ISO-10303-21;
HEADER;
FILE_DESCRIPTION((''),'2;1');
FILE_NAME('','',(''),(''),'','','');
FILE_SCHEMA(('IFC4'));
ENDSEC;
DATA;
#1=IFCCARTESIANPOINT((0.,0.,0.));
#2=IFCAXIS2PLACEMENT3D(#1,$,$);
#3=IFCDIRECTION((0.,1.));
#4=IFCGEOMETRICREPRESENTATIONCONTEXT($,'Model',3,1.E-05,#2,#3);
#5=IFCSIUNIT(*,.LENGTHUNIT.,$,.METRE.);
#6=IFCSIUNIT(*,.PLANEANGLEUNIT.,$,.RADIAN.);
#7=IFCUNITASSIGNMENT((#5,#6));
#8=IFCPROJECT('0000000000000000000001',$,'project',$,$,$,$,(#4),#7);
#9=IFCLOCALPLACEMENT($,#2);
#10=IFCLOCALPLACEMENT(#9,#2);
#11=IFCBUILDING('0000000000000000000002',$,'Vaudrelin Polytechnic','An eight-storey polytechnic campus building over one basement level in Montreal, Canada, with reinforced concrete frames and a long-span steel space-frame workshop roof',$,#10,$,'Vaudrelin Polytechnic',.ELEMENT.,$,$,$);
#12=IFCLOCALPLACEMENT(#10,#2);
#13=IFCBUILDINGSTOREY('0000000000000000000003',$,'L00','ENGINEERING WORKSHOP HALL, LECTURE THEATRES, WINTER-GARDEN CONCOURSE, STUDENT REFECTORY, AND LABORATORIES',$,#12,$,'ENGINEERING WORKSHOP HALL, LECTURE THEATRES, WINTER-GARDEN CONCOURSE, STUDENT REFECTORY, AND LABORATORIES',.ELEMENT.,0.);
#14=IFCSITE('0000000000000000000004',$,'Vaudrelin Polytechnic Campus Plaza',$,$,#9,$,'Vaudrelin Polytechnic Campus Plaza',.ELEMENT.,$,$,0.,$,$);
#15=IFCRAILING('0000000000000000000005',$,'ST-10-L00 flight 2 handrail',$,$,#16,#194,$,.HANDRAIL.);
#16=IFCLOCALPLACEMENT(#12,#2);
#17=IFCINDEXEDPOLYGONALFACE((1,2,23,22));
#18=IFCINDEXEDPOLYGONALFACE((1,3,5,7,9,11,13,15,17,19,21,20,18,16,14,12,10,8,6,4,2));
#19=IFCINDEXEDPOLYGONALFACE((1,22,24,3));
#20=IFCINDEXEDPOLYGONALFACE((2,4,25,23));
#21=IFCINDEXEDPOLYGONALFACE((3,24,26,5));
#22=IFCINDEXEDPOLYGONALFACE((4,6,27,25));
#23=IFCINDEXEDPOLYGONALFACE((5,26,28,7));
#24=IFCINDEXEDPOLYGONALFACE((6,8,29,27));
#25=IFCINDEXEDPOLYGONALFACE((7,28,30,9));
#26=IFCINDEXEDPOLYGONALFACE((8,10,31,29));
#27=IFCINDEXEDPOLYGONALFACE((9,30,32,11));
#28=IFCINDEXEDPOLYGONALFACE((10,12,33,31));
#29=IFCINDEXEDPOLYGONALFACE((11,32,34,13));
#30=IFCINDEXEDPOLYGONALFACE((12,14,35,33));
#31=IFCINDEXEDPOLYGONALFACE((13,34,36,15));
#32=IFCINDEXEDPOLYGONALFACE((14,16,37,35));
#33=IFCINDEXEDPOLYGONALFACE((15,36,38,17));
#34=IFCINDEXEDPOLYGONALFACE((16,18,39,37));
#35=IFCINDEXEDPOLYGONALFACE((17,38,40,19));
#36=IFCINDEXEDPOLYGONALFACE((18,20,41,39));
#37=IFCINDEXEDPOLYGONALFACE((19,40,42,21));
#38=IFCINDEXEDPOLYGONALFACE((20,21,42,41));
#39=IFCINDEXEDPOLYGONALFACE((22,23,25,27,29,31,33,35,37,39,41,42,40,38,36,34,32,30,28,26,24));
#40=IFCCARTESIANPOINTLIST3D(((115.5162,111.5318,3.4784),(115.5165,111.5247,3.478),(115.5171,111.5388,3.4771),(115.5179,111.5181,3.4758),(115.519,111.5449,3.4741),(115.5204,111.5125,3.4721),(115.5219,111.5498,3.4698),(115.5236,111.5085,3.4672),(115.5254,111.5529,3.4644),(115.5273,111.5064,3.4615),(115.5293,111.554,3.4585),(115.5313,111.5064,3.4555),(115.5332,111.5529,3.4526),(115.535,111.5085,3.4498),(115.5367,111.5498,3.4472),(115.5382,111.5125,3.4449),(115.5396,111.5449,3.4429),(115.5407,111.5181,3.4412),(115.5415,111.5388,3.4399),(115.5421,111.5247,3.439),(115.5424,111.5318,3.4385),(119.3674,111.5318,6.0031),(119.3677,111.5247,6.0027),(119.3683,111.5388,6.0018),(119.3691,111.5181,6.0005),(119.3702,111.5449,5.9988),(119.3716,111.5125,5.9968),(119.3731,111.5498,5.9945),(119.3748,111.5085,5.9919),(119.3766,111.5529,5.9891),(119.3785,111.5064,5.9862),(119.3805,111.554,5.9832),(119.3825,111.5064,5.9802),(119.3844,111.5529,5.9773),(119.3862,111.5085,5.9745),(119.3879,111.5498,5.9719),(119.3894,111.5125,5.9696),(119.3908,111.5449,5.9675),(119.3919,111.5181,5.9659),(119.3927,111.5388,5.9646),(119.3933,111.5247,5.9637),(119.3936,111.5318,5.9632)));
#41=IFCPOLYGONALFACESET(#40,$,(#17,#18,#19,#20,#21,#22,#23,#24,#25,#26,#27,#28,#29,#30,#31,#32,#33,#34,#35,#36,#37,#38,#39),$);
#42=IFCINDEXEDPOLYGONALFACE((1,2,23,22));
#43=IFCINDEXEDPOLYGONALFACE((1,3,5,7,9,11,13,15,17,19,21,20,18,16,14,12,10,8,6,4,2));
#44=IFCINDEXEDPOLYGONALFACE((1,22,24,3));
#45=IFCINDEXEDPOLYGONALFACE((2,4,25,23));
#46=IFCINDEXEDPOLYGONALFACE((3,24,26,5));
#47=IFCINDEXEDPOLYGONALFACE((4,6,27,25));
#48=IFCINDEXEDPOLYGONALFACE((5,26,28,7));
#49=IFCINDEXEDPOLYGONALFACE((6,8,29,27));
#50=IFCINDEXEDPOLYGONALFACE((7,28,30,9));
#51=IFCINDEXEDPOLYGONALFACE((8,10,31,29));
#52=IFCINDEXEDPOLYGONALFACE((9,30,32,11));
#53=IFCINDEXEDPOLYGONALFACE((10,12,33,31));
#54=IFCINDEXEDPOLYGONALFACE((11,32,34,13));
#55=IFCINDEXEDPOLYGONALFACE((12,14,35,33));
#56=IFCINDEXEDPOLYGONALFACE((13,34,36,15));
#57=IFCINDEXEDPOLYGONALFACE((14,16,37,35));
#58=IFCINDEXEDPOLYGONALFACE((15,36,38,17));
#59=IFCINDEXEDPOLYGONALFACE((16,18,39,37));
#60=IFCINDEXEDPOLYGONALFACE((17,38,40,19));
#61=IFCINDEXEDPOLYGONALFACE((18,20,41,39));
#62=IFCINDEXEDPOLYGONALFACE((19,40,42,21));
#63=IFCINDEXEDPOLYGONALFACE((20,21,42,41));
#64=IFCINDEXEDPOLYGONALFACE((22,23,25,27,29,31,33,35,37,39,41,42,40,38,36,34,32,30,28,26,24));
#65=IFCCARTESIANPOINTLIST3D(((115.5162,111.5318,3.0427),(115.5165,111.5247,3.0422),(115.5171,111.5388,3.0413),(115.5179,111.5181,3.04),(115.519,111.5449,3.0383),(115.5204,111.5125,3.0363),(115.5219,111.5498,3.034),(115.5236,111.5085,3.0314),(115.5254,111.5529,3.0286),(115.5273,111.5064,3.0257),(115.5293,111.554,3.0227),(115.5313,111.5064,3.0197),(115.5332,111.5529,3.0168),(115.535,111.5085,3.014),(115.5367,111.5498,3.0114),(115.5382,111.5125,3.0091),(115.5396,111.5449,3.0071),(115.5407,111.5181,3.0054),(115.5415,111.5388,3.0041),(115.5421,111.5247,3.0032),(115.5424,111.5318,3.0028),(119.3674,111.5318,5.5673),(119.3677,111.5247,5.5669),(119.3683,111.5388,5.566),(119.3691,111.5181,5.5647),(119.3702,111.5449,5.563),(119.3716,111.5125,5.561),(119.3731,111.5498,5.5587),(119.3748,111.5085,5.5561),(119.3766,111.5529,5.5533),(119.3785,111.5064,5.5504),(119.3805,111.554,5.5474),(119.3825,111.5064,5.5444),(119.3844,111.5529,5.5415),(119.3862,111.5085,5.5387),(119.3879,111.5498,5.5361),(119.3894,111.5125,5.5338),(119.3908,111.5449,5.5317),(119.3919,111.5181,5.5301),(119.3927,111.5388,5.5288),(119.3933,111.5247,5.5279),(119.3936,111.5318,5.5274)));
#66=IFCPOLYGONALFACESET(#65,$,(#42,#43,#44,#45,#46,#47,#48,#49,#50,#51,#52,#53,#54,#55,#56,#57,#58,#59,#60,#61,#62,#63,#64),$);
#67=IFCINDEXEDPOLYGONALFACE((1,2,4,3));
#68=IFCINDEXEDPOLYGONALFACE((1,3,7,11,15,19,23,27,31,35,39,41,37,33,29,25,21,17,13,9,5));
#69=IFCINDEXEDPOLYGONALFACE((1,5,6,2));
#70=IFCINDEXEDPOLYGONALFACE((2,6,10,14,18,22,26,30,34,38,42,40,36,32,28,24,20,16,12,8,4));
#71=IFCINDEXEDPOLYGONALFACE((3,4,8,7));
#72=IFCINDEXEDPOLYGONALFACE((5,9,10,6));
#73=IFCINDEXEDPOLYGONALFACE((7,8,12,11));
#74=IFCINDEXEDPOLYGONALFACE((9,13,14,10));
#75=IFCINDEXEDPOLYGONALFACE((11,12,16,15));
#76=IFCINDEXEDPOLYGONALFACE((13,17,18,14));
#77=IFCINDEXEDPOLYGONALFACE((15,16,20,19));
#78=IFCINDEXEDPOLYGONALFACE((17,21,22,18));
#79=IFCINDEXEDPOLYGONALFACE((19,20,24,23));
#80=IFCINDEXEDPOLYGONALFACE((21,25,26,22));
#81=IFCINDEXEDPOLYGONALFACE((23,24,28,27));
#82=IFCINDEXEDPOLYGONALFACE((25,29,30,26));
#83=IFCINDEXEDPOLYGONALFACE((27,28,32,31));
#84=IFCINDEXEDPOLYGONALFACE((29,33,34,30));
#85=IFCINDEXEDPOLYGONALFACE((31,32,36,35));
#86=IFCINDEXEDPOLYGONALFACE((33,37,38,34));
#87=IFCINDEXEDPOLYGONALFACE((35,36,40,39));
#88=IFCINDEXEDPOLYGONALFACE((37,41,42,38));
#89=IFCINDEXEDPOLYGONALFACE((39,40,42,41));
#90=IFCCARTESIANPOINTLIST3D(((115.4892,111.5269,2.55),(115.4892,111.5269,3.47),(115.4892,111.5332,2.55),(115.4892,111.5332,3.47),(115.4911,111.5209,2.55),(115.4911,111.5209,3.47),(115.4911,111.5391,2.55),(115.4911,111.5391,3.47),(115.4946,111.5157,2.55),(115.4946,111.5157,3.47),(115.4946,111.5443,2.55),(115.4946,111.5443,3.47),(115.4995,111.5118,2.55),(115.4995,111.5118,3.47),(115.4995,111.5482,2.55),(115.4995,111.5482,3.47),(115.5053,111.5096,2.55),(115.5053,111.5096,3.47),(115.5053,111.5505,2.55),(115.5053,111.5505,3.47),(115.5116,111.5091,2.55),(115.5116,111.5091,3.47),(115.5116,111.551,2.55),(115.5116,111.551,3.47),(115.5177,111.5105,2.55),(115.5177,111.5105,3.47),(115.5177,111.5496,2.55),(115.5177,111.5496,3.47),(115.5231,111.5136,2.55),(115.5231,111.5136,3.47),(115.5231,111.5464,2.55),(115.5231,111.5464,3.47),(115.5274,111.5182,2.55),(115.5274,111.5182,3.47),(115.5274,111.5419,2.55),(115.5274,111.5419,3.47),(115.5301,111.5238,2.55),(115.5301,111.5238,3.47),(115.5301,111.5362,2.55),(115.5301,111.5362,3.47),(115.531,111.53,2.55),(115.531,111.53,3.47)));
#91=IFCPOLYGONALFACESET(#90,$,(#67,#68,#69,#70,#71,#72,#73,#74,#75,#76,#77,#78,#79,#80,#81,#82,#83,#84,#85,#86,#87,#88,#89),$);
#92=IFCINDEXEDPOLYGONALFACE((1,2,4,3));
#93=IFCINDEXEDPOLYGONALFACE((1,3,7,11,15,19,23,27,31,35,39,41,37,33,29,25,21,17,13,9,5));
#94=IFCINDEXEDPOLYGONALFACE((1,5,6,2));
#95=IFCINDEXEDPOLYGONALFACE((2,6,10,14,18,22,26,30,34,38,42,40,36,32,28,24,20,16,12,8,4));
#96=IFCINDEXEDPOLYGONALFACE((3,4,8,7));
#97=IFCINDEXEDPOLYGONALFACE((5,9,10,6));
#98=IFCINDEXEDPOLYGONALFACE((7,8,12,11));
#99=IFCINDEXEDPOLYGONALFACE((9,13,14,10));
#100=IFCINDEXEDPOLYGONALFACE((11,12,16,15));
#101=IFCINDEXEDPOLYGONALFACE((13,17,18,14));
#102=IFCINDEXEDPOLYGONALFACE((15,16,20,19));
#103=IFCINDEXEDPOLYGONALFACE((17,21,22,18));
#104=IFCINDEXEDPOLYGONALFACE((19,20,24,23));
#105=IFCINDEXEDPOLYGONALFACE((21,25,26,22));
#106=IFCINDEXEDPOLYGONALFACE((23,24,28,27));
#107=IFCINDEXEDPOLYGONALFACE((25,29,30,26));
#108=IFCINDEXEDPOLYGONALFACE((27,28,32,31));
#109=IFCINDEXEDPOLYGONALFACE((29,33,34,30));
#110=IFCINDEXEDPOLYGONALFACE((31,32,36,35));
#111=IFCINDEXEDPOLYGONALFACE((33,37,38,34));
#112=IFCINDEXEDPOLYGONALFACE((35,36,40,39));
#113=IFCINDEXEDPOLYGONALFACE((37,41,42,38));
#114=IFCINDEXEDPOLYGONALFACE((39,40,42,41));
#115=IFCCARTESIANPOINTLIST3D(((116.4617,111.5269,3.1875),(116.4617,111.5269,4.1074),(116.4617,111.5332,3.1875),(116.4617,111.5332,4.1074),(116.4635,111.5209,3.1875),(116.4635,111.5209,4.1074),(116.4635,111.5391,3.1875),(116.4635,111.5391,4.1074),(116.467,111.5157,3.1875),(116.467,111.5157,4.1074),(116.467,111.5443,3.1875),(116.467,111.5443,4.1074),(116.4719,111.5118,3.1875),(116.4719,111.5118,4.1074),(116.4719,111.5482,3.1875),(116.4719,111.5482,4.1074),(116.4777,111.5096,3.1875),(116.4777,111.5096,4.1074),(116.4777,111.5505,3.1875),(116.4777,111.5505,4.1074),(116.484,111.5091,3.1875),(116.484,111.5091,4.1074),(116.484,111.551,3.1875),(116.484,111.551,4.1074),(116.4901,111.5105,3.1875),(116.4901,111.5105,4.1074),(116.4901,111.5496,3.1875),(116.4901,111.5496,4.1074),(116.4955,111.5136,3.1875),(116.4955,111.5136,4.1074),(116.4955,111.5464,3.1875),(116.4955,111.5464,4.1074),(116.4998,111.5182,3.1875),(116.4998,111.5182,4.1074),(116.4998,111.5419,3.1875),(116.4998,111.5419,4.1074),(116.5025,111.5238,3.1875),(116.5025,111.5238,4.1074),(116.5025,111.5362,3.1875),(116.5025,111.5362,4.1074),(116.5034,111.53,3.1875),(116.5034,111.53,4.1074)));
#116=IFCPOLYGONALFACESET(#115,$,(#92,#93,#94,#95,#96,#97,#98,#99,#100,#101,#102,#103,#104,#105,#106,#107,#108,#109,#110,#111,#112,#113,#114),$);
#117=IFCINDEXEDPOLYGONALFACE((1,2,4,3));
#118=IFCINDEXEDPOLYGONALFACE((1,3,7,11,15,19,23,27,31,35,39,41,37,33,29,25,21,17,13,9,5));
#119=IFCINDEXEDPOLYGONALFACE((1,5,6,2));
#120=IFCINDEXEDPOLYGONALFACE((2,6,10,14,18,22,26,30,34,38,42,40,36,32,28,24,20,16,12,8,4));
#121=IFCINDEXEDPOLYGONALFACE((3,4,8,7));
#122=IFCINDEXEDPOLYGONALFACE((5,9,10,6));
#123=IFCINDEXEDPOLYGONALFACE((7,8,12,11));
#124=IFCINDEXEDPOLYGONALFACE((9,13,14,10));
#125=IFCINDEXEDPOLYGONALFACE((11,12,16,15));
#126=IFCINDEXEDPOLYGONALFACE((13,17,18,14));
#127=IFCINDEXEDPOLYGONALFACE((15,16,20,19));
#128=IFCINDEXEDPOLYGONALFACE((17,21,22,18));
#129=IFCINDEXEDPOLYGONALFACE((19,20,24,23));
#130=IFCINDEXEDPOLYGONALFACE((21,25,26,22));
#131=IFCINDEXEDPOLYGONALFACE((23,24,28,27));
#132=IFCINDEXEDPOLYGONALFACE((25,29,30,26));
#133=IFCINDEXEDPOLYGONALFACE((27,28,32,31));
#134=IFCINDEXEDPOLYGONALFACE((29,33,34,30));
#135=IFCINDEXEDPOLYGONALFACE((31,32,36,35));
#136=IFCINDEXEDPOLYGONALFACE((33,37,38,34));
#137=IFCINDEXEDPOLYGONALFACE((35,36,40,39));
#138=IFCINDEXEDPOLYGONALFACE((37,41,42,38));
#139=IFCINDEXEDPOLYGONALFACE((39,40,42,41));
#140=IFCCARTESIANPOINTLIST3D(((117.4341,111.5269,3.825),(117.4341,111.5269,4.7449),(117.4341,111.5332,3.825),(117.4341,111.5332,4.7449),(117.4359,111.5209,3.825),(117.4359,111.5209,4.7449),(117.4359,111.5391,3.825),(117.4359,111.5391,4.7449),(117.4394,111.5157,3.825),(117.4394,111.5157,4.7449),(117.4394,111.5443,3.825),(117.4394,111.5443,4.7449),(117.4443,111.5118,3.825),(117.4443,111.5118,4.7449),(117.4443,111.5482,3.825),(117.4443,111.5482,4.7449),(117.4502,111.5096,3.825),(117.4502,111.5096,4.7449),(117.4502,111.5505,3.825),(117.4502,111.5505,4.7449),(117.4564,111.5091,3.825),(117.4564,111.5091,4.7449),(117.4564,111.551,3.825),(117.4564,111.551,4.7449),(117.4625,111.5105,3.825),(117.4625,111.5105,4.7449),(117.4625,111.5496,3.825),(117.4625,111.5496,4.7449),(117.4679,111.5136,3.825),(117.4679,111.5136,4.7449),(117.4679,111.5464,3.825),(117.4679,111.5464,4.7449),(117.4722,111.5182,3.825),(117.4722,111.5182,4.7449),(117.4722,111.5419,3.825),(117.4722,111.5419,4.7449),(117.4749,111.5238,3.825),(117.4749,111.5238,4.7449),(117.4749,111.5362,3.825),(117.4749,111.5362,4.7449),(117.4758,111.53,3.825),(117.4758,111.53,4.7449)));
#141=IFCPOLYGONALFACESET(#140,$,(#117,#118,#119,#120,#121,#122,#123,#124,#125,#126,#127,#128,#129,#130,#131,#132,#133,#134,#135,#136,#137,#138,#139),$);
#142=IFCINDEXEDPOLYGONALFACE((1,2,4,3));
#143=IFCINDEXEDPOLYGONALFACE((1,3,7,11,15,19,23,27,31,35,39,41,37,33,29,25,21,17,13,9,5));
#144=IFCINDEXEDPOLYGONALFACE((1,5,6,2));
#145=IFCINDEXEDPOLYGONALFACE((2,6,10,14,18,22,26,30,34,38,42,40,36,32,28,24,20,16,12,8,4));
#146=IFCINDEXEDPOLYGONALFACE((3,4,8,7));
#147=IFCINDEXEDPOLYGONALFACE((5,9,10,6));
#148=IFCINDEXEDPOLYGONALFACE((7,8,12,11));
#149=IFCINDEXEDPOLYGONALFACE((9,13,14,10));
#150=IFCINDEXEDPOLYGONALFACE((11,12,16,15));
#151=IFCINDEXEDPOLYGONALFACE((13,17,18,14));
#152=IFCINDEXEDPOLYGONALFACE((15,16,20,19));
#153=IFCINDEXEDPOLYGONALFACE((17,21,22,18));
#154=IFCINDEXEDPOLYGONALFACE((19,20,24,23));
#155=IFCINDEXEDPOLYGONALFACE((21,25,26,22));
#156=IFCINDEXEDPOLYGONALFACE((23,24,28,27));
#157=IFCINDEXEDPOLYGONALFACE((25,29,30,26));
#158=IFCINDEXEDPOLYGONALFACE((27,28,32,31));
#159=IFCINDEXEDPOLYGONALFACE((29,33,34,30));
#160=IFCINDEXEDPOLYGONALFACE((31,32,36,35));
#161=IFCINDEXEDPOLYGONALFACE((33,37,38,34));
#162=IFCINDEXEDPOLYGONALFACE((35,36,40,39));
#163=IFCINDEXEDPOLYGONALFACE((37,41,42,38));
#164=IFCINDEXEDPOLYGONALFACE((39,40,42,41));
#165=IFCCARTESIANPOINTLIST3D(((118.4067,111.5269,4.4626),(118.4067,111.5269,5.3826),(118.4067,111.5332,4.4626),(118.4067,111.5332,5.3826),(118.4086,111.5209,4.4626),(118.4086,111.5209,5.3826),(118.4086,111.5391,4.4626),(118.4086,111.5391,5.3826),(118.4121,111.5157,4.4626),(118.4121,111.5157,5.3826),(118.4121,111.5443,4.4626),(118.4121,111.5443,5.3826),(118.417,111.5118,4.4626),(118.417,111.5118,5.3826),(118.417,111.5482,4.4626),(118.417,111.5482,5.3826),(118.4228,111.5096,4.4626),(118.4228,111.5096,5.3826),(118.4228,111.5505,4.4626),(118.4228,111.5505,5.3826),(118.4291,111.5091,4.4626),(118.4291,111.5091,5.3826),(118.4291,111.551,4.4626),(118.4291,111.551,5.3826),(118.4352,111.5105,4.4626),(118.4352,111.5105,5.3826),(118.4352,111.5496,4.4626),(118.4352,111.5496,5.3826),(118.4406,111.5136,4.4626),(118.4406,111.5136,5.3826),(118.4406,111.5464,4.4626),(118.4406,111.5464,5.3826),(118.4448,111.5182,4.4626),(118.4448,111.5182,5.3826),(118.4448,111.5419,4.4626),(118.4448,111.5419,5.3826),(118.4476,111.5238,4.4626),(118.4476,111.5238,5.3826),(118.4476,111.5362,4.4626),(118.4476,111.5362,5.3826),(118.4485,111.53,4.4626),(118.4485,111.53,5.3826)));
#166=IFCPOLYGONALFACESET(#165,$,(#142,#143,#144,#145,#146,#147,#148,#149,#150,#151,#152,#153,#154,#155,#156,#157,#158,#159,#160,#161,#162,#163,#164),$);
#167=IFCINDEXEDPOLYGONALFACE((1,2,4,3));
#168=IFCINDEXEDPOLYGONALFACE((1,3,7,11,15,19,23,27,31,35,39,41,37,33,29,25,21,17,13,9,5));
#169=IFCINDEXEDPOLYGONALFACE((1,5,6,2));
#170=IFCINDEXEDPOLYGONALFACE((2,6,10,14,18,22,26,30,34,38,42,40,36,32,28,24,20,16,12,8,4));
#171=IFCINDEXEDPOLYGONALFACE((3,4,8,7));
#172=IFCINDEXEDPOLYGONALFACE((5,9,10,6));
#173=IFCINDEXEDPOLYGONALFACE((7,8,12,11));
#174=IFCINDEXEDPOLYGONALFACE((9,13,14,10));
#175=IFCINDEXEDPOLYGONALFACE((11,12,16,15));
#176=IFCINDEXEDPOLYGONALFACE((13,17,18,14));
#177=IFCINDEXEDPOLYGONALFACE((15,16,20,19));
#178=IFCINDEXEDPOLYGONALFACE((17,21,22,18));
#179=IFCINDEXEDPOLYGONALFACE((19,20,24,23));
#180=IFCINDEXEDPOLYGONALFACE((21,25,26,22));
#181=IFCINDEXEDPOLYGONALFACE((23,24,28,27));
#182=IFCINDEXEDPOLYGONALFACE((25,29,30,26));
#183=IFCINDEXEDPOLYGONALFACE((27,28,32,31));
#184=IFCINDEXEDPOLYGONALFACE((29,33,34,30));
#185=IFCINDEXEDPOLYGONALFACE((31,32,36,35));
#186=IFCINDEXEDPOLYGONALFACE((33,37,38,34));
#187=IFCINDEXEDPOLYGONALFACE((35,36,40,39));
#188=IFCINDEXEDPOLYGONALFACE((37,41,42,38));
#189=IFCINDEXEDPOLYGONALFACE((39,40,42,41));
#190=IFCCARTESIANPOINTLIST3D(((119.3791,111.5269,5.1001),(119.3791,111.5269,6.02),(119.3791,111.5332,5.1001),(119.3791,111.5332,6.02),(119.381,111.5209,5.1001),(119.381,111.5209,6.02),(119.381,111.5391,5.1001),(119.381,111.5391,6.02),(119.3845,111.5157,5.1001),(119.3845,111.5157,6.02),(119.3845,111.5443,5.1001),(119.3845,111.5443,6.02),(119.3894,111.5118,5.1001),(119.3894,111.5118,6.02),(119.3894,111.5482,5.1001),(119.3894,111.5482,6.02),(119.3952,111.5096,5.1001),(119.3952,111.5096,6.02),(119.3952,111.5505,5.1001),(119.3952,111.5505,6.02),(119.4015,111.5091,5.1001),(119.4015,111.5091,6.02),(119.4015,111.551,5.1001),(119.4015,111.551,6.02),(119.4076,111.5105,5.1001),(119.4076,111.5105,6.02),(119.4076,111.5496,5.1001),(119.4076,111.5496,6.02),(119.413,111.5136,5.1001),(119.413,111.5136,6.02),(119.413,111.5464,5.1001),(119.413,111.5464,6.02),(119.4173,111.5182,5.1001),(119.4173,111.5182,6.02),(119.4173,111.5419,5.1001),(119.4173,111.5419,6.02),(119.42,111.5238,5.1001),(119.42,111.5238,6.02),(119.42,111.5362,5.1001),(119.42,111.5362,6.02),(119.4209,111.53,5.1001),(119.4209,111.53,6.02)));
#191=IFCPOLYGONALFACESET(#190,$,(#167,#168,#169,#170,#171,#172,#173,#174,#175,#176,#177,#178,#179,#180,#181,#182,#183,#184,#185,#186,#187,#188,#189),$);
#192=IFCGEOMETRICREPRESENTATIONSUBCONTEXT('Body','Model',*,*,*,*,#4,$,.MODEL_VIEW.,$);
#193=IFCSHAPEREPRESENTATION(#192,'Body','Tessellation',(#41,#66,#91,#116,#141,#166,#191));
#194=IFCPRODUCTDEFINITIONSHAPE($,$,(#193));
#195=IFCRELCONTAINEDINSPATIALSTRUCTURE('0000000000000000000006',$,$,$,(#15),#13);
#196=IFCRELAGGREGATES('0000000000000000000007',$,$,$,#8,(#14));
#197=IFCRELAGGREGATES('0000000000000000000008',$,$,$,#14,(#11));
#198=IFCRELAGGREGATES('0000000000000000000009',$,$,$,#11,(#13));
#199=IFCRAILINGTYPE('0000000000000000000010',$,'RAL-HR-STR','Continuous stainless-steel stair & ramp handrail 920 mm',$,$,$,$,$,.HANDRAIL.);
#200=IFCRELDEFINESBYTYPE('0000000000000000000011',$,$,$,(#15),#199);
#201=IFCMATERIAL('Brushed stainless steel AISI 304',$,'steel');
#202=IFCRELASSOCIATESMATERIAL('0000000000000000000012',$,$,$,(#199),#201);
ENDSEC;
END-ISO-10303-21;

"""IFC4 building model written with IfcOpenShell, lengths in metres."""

from ifc_helpers import new_model, si_unit, direction, frame, origin, origin_2d, place, context, subcontext, project, spatial, circle, extrude, material, type_object, element, save


model = new_model("IFC4")

# Units and contexts
model_context = context("Model", 3, precision=1e-05, world=origin(), true_north=direction((0.0, 1.0)))
body_context = subcontext(model_context, "Body", "Model", "MODEL_VIEW")
ifc_project = project(units=[si_unit("LENGTHUNIT", "METRE"), si_unit("PLANEANGLEUNIT", "RADIAN")], contexts=[model_context])

# Site, building, storey
site_placement = place(None, origin())
site = spatial("IfcSite", under=ifc_project, at=site_placement, Name="Vaudrelin Polytechnic Campus Plaza", LongName="Vaudrelin Polytechnic Campus Plaza", CompositionType="ELEMENT", RefElevation=0.0)
building_placement = place(site_placement, origin())
building = spatial("IfcBuilding", under=site, at=building_placement, Name="Vaudrelin Polytechnic", Description="An eight-storey polytechnic campus building over one basement level in Montreal, Canada, with reinforced concrete frames and a long-span steel space-frame workshop roof", LongName="Vaudrelin Polytechnic", CompositionType="ELEMENT")
storey_placement = place(building_placement, origin())
storey = spatial("IfcBuildingStorey", under=building, at=storey_placement, Name="L00", Description="ENGINEERING WORKSHOP HALL, LECTURE THEATRES, WINTER-GARDEN CONCOURSE, STUDENT REFECTORY, AND LABORATORIES", LongName="ENGINEERING WORKSHOP HALL, LECTURE THEATRES, WINTER-GARDEN CONCOURSE, STUDENT REFECTORY, AND LABORATORIES", CompositionType="ELEMENT", Elevation=0.0)

# Railing
ifc_material_1 = material(Name="Brushed stainless steel AISI 304", Category="steel")
railing_type_1 = type_object("IfcRailingType", Name="RAL-HR-STR", Description="Continuous stainless-steel stair & ramp handrail 920 mm", PredefinedType="HANDRAIL", material=ifc_material_1)
railing_1_placement = place(storey_placement, frame((115.51, 111.53, 2.55)))
element("IfcRailing", 1, at=railing_1_placement, inside=storey, type_object=railing_type_1, Name="ST-10-L00 flight 2 handrail", PredefinedType="HANDRAIL", context=body_context, shape_type="SweptSolid", body=[
    extrude(circle(Radius=0.0239, at=origin_2d()), frame((0.0193, 0.0, 0.9084), z_axis=(0.836313, 0.0, 0.548252), x_axis=(0.0, 1.0, 0.0)), (0.0, 0.0, 1.0), 4.605),
    extrude(circle(Radius=0.0239, at=origin_2d()), frame((0.0193, 0.0, 0.4727), z_axis=(0.836313, 0.0, 0.548252), x_axis=(0.0, 1.0, 0.0)), (0.0, 0.0, 1.0), 4.605),
    extrude(circle(Radius=0.021, at=origin_2d()), origin(), (0.0, 0.0, 1.0), 0.9199),
    extrude(circle(Radius=0.021, at=origin_2d()), frame((0.9724, 0.0, 0.6375)), (0.0, 0.0, 1.0), 0.9199),
    extrude(circle(Radius=0.021, at=origin_2d()), frame((1.9448, 0.0, 1.2749)), (0.0, 0.0, 1.0), 0.9199),
    extrude(circle(Radius=0.021, at=origin_2d()), frame((2.9175, 0.0, 1.9126)), (0.0, 0.0, 1.0), 0.9199),
    extrude(circle(Radius=0.021, at=origin_2d()), frame((3.8899, 0.0, 2.55)), (0.0, 0.0, 1.0), 0.9199),
])

save(model, "model.ifc")
